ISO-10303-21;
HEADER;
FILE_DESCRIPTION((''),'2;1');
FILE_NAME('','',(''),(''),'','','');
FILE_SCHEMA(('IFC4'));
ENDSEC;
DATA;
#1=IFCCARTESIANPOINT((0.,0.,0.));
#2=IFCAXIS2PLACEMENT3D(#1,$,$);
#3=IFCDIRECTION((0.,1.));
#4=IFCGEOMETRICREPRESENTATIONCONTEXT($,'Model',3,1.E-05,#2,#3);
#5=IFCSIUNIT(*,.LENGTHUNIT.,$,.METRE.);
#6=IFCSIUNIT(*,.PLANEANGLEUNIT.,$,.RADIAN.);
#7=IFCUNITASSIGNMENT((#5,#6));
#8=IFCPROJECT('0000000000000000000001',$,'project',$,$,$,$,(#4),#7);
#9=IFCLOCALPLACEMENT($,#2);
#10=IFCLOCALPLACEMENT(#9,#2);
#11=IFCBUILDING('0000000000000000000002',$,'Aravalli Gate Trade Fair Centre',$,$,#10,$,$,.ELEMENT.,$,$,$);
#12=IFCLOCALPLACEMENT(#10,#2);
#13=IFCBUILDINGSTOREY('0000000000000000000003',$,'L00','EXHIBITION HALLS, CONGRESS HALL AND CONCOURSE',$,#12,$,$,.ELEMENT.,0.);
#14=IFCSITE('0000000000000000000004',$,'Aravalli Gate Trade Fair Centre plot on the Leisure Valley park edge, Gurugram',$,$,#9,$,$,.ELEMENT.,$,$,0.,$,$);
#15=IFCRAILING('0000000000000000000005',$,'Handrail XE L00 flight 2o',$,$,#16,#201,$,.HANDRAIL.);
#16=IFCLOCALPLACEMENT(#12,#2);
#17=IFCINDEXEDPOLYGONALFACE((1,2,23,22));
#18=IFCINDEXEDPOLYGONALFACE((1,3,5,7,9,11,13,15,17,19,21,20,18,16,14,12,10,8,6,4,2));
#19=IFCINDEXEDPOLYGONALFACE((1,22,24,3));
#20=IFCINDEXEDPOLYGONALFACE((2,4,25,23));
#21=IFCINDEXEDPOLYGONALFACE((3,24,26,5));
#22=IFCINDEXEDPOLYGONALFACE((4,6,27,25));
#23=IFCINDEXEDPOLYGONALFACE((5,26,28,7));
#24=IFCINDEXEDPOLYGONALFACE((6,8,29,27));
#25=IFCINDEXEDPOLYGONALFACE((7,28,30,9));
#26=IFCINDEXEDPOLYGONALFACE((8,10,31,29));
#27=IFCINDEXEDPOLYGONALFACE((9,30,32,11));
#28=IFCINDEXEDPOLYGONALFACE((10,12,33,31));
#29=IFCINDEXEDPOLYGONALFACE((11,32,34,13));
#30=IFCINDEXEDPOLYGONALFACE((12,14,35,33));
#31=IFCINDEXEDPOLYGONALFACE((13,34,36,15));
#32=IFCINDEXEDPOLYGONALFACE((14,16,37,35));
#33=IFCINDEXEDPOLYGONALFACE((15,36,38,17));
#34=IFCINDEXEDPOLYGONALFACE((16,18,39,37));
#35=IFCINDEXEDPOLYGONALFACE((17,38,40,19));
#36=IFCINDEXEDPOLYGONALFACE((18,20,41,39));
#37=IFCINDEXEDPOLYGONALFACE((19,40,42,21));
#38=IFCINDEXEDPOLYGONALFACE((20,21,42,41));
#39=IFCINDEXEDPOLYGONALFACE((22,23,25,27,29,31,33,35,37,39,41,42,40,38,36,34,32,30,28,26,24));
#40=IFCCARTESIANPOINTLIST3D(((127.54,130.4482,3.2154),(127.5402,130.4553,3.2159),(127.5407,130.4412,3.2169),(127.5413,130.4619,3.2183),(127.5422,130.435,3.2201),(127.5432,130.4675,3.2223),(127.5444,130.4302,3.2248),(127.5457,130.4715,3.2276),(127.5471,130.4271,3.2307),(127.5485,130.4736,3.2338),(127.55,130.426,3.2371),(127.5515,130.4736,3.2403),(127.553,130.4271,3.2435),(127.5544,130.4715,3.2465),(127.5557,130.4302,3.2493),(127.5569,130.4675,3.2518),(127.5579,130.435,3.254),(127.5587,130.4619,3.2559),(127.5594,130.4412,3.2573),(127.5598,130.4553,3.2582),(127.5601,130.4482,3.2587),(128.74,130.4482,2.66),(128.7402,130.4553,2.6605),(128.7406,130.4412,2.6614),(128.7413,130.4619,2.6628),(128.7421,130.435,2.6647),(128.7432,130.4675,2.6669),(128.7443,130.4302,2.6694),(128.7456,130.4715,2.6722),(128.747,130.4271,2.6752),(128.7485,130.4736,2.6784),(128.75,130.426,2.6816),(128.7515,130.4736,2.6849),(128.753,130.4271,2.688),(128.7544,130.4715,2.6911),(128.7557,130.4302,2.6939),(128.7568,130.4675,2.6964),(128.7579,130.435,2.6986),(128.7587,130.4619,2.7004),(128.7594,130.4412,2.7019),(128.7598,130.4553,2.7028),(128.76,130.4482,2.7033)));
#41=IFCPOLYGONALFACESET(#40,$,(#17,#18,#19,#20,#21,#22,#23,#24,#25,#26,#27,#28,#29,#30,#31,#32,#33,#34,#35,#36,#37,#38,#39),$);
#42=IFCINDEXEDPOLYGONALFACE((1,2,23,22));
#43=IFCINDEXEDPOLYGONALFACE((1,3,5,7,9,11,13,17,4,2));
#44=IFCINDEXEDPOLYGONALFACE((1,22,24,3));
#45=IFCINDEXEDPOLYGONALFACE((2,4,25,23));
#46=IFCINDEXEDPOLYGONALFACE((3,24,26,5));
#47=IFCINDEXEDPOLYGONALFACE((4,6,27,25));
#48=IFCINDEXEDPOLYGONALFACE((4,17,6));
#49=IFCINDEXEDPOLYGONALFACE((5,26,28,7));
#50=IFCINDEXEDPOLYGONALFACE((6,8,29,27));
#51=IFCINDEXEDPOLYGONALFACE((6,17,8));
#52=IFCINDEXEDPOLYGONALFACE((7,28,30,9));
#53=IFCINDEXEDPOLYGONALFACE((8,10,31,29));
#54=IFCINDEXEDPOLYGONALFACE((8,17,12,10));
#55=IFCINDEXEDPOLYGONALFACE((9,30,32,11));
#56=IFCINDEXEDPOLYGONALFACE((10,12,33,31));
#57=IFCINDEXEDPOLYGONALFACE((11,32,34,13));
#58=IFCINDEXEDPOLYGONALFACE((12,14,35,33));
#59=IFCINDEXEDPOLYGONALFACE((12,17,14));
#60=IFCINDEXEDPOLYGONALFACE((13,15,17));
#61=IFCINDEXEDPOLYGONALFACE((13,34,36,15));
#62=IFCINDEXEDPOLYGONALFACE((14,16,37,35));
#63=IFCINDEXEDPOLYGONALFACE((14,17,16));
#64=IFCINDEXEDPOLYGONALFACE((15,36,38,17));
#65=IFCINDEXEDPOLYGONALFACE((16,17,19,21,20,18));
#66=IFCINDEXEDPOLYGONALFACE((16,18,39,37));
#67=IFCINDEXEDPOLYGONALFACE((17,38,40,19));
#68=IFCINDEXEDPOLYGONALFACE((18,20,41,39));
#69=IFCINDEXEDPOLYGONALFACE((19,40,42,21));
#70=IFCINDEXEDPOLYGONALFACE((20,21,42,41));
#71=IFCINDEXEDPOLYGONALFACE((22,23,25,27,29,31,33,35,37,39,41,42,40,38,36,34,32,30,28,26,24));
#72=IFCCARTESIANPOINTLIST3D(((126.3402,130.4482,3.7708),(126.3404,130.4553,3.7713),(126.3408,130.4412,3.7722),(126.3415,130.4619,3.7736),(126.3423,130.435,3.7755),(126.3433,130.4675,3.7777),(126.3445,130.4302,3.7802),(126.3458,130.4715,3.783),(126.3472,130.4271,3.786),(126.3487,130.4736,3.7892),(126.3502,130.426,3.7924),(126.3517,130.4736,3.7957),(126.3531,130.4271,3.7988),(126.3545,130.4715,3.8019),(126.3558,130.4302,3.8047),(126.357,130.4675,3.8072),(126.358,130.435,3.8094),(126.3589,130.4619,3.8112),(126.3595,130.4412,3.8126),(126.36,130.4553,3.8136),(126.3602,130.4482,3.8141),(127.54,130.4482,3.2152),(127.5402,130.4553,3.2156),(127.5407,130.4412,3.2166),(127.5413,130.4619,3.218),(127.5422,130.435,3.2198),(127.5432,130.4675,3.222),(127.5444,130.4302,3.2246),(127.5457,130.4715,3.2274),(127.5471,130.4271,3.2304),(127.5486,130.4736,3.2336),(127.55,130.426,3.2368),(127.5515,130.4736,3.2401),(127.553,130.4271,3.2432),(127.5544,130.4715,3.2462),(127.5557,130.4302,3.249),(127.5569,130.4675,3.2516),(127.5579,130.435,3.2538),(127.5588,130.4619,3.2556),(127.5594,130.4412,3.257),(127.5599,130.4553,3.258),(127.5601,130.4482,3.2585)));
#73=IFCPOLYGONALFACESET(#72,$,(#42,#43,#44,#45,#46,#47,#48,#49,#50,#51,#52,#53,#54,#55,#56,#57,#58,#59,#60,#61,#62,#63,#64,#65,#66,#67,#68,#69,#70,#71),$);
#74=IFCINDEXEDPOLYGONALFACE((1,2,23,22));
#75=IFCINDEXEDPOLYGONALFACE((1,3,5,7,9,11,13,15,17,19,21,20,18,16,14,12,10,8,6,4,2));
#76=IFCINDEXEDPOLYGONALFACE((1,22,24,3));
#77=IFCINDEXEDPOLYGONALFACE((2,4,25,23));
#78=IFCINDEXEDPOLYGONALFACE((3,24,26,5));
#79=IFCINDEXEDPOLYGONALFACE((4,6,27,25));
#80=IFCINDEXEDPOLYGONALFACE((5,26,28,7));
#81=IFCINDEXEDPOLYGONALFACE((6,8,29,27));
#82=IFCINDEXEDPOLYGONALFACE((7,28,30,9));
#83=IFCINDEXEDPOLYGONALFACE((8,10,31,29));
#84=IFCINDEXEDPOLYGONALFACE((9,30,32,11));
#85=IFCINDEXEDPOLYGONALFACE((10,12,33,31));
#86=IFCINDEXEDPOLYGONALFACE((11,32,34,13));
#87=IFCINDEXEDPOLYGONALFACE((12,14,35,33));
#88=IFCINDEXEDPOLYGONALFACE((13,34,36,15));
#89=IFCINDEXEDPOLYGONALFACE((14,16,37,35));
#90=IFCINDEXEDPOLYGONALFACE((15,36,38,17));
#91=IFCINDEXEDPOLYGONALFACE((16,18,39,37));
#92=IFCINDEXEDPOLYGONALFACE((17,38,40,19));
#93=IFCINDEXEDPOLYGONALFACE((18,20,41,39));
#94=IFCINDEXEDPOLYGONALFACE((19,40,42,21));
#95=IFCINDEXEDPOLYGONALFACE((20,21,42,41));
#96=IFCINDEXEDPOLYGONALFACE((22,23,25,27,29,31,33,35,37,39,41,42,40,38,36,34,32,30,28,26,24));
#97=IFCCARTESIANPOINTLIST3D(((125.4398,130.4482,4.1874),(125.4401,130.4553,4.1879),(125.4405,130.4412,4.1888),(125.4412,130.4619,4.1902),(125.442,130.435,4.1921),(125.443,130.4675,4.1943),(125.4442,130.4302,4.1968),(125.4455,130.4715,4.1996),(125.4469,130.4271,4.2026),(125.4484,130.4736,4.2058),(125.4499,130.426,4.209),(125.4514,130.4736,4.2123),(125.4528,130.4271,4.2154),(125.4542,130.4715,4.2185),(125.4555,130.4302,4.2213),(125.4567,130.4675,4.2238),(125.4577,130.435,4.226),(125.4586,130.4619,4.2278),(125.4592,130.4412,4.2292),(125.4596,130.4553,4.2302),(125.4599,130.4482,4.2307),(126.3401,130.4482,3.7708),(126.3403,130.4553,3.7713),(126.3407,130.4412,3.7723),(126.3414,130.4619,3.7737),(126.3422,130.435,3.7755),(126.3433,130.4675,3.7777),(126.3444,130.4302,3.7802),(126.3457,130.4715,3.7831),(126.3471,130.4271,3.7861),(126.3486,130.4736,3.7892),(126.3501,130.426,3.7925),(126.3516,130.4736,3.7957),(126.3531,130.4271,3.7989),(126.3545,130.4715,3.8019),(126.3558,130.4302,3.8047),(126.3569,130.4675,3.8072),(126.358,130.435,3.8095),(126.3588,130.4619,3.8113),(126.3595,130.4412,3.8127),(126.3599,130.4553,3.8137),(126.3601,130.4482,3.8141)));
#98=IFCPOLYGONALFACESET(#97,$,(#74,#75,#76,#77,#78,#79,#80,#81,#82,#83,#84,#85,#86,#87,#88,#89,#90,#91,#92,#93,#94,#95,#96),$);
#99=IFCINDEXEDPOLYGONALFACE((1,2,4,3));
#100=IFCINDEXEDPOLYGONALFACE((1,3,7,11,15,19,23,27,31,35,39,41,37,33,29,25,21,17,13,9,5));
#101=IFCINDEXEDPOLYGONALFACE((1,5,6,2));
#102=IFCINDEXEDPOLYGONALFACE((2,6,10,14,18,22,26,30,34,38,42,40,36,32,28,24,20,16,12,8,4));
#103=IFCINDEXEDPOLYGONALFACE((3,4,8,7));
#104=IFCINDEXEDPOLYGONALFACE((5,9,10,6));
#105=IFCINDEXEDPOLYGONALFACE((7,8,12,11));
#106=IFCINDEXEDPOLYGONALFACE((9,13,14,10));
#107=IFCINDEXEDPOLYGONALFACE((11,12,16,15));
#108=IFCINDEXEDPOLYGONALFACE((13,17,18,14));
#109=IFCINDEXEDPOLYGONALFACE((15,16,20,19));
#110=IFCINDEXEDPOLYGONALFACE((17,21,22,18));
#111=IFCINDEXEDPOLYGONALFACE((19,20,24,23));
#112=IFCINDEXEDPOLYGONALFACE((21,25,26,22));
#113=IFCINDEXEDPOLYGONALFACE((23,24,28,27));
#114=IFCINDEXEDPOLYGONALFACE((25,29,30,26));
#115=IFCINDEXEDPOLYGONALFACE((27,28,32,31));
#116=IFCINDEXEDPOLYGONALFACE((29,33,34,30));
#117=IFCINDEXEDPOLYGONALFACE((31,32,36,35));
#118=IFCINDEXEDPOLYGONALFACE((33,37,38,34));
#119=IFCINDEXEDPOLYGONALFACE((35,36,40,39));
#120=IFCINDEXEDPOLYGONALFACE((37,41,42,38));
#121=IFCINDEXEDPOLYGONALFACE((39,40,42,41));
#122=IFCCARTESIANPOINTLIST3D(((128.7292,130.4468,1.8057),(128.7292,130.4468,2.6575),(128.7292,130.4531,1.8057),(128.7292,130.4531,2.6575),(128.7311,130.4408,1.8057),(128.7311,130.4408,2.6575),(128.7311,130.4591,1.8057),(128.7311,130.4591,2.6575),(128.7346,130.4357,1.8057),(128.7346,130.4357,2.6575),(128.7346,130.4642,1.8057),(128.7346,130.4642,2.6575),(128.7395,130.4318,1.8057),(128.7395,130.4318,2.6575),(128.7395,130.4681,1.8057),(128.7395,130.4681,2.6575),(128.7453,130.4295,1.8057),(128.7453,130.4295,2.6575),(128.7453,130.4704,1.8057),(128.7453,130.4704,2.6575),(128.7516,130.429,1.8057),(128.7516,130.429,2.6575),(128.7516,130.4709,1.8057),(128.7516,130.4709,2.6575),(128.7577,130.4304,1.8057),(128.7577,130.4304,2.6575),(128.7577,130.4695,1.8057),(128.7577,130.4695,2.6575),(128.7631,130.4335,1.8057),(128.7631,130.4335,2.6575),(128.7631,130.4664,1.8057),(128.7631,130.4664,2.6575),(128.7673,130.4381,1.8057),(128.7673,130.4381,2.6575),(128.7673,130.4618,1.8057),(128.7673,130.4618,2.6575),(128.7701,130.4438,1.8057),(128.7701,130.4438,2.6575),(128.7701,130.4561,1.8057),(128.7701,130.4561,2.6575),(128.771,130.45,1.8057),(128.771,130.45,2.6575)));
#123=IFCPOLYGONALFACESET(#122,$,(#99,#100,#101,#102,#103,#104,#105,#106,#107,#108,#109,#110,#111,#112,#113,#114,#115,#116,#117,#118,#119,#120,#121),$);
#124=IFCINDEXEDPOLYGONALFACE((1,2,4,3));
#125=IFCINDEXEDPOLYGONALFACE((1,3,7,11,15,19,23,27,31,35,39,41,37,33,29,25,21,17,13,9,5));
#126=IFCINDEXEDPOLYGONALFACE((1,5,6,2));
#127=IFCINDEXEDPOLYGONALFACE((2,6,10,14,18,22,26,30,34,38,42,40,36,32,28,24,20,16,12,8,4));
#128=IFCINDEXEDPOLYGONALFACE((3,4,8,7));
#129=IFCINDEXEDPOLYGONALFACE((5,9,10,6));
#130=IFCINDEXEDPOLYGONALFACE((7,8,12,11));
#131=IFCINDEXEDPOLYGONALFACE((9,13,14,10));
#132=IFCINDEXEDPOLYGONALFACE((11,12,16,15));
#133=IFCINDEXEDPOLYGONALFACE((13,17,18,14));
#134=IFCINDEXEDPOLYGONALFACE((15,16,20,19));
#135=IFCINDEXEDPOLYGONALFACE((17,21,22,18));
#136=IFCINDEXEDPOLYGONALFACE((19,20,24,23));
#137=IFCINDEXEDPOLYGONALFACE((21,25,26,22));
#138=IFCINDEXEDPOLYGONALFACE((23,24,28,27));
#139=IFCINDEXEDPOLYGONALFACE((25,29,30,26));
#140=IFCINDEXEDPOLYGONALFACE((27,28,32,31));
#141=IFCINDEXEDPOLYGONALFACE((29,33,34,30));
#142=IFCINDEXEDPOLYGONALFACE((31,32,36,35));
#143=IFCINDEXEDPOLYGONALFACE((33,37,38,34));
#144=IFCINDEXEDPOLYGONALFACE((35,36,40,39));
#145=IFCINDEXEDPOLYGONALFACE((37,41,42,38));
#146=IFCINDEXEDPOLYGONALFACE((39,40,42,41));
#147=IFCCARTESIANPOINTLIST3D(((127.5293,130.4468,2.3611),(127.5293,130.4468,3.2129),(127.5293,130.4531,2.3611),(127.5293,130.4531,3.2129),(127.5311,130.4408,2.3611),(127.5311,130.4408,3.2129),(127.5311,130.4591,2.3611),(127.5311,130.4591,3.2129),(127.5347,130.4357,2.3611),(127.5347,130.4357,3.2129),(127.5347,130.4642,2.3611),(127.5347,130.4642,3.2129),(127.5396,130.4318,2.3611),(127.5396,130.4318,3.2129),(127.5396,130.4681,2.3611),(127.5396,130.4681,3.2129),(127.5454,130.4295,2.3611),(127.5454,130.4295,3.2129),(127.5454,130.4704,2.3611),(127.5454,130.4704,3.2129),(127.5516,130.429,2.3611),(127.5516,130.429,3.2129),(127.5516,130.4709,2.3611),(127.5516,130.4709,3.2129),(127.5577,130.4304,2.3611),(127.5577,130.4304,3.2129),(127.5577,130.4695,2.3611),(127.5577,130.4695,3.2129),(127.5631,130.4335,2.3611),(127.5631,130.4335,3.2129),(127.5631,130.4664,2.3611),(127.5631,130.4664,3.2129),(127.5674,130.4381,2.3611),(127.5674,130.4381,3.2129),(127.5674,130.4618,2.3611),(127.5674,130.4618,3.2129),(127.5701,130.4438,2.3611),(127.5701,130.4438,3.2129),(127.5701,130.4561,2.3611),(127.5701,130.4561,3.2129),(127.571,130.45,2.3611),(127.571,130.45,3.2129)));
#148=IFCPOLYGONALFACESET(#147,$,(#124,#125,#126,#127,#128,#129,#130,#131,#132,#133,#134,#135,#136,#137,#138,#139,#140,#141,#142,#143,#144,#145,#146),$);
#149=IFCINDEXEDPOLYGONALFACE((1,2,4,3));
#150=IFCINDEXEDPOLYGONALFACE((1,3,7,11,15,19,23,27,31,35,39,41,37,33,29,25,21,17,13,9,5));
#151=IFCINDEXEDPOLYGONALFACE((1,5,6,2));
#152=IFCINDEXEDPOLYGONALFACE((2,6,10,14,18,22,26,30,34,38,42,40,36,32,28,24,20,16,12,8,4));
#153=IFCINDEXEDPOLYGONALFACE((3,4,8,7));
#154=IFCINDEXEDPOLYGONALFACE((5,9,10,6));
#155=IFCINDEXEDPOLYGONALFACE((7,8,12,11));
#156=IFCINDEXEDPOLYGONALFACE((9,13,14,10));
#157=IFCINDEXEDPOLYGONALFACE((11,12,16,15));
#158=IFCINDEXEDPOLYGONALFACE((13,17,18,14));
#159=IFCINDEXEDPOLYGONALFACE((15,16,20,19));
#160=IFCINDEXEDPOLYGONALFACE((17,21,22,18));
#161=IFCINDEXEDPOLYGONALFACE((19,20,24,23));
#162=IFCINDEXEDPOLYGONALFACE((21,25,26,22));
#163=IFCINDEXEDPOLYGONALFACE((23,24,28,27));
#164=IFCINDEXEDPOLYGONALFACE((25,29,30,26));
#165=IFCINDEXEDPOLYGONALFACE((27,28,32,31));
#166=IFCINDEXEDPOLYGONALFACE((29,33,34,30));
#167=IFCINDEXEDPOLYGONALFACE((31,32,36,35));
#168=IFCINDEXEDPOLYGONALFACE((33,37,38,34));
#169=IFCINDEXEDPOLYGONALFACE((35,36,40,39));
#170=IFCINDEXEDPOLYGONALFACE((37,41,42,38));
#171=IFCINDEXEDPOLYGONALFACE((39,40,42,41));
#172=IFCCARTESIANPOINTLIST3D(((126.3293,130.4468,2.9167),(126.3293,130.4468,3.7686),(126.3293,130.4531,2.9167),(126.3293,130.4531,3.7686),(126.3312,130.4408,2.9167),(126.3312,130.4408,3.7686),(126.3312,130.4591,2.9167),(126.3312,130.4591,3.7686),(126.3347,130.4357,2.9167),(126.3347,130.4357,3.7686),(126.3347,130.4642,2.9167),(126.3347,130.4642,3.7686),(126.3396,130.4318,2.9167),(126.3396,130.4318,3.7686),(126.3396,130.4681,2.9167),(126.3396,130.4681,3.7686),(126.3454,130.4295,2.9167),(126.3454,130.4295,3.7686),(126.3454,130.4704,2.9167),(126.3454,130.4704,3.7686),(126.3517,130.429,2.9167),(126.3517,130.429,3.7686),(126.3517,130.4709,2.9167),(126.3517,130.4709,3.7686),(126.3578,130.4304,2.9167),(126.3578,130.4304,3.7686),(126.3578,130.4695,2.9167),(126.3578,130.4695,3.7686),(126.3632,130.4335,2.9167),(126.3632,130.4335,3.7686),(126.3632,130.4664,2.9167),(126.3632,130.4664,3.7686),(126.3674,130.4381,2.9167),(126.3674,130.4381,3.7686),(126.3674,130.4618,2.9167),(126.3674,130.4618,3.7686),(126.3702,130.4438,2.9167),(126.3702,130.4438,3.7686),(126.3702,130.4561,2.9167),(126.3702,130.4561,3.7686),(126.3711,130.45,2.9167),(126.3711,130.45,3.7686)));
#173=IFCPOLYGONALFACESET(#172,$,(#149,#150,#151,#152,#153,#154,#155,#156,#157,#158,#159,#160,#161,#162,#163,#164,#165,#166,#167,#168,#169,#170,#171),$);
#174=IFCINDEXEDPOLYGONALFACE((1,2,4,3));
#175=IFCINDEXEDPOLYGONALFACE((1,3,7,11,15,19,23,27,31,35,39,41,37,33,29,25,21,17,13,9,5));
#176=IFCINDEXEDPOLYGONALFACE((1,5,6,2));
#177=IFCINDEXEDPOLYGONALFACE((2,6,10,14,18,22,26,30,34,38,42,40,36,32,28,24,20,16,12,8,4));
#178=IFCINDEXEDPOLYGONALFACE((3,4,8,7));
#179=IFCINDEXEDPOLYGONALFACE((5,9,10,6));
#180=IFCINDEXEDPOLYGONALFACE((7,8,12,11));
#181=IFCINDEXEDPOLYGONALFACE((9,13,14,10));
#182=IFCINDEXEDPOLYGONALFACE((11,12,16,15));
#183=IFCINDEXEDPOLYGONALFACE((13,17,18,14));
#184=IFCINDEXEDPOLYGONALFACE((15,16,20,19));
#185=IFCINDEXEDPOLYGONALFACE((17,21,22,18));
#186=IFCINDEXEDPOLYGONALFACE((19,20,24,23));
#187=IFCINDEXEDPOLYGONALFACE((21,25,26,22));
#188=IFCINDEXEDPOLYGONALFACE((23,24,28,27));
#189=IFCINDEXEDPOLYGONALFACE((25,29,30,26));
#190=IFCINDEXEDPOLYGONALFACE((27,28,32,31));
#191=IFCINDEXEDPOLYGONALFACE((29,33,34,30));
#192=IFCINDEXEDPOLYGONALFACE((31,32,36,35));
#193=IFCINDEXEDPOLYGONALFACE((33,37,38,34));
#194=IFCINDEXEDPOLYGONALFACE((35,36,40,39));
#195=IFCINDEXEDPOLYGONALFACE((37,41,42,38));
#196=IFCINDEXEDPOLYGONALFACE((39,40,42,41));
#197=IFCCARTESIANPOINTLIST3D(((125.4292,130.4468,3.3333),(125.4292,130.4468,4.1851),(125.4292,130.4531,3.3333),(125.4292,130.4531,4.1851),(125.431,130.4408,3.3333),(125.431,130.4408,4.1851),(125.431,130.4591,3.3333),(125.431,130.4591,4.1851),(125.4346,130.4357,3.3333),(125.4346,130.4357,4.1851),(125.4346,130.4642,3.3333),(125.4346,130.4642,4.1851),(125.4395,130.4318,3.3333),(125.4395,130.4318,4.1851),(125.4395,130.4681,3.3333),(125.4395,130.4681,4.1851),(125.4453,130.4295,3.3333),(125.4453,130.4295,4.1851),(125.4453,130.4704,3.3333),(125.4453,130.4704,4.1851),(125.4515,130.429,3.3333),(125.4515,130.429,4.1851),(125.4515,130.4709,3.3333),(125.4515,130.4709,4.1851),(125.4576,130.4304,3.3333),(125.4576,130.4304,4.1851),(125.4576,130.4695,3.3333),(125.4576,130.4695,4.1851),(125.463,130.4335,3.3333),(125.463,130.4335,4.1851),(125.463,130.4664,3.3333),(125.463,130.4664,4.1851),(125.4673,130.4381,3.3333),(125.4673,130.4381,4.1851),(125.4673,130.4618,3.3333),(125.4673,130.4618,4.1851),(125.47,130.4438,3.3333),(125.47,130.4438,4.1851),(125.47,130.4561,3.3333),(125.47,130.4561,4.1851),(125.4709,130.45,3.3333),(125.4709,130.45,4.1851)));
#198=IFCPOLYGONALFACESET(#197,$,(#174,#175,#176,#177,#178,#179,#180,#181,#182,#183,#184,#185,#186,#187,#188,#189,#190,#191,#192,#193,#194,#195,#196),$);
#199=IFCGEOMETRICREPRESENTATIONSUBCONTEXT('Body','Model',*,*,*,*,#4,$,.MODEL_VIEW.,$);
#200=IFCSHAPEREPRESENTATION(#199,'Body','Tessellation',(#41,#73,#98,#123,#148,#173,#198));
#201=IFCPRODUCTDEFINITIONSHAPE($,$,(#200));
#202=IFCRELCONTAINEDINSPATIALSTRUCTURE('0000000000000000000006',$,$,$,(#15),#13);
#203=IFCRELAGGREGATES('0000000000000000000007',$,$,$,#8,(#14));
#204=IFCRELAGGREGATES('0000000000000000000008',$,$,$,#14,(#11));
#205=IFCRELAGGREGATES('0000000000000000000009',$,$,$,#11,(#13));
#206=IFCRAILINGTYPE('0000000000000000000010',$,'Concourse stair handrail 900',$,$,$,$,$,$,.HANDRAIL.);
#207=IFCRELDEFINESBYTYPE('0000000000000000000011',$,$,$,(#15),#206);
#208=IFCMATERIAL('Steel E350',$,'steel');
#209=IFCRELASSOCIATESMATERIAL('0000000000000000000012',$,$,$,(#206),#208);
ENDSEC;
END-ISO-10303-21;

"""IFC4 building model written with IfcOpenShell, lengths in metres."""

from ifc_helpers import new_model, si_unit, direction, frame, origin, origin_2d, place, context, subcontext, project, spatial, circle, extrude, material, type_object, element, save


model = new_model("IFC4")

# Units and contexts
model_context = context("Model", 3, precision=1e-05, world=origin(), true_north=direction((0.0, 1.0)))
body_context = subcontext(model_context, "Body", "Model", "MODEL_VIEW")
ifc_project = project(units=[si_unit("LENGTHUNIT", "METRE"), si_unit("PLANEANGLEUNIT", "RADIAN")], contexts=[model_context])

# Site, building, storey
site_placement = place(None, origin())
site = spatial("IfcSite", under=ifc_project, at=site_placement, Name="Aravalli Gate Trade Fair Centre plot on the Leisure Valley park edge, Gurugram", CompositionType="ELEMENT", RefElevation=0.0)
building_placement = place(site_placement, origin())
building = spatial("IfcBuilding", under=site, at=building_placement, Name="Aravalli Gate Trade Fair Centre", CompositionType="ELEMENT")
storey_placement = place(building_placement, origin())
storey = spatial("IfcBuildingStorey", under=building, at=storey_placement, Name="L00", Description="EXHIBITION HALLS, CONGRESS HALL AND CONCOURSE", CompositionType="ELEMENT", Elevation=0.0)

# Shared definitions
ifc_material_1 = material(Name="Steel E350", Category="steel")

# Railing
railing_type = type_object("IfcRailingType", Name="Concourse stair handrail 900", PredefinedType="HANDRAIL", material=ifc_material_1)
railing_placement = place(storey_placement, frame((128.75, 130.45, 1.8057)))
element("IfcRailing", 1, at=railing_placement, inside=storey, type_object=railing_type, Name="Handrail XE L00 flight 2o", PredefinedType="HANDRAIL", context=body_context, shape_type="SweptSolid", body=[
    extrude(circle(Radius=0.0239, at=origin_2d()), frame((0.0, 0.0, 0.876), z_axis=(-0.907499, 0.0, 0.420053), x_axis=(0.0, -1.0, 0.0)), (0.0, 0.0, 1.0), 1.3223),
    extrude(circle(Radius=0.0239, at=origin_2d()), frame((-1.2, 0.0, 1.4312), z_axis=(-0.907429, 0.0, 0.420205), x_axis=(0.0, -1.0, 0.0)), (0.0, 0.0, 1.0), 1.3223),
    extrude(circle(Radius=0.0239, at=origin_2d()), frame((-2.3999, 0.0, 1.9868), z_axis=(-0.907556, 0.0, 0.419932), x_axis=(0.0, -1.0, 0.0)), (0.0, 0.0, 1.0), 0.9919),
    extrude(circle(Radius=0.021, at=origin_2d()), origin(), (0.0, 0.0, 1.0), 0.8518),
    extrude(circle(Radius=0.021, at=origin_2d()), frame((-1.2, 0.0, 0.5554)), (0.0, 0.0, 1.0), 0.8518),
    extrude(circle(Radius=0.021, at=origin_2d()), frame((-2.3999, 0.0, 1.1111)), (0.0, 0.0, 1.0), 0.8518),
    extrude(circle(Radius=0.021, at=origin_2d()), frame((-3.3, 0.0, 1.5276)), (0.0, 0.0, 1.0), 0.8518),
])

save(model, "model.ifc")
